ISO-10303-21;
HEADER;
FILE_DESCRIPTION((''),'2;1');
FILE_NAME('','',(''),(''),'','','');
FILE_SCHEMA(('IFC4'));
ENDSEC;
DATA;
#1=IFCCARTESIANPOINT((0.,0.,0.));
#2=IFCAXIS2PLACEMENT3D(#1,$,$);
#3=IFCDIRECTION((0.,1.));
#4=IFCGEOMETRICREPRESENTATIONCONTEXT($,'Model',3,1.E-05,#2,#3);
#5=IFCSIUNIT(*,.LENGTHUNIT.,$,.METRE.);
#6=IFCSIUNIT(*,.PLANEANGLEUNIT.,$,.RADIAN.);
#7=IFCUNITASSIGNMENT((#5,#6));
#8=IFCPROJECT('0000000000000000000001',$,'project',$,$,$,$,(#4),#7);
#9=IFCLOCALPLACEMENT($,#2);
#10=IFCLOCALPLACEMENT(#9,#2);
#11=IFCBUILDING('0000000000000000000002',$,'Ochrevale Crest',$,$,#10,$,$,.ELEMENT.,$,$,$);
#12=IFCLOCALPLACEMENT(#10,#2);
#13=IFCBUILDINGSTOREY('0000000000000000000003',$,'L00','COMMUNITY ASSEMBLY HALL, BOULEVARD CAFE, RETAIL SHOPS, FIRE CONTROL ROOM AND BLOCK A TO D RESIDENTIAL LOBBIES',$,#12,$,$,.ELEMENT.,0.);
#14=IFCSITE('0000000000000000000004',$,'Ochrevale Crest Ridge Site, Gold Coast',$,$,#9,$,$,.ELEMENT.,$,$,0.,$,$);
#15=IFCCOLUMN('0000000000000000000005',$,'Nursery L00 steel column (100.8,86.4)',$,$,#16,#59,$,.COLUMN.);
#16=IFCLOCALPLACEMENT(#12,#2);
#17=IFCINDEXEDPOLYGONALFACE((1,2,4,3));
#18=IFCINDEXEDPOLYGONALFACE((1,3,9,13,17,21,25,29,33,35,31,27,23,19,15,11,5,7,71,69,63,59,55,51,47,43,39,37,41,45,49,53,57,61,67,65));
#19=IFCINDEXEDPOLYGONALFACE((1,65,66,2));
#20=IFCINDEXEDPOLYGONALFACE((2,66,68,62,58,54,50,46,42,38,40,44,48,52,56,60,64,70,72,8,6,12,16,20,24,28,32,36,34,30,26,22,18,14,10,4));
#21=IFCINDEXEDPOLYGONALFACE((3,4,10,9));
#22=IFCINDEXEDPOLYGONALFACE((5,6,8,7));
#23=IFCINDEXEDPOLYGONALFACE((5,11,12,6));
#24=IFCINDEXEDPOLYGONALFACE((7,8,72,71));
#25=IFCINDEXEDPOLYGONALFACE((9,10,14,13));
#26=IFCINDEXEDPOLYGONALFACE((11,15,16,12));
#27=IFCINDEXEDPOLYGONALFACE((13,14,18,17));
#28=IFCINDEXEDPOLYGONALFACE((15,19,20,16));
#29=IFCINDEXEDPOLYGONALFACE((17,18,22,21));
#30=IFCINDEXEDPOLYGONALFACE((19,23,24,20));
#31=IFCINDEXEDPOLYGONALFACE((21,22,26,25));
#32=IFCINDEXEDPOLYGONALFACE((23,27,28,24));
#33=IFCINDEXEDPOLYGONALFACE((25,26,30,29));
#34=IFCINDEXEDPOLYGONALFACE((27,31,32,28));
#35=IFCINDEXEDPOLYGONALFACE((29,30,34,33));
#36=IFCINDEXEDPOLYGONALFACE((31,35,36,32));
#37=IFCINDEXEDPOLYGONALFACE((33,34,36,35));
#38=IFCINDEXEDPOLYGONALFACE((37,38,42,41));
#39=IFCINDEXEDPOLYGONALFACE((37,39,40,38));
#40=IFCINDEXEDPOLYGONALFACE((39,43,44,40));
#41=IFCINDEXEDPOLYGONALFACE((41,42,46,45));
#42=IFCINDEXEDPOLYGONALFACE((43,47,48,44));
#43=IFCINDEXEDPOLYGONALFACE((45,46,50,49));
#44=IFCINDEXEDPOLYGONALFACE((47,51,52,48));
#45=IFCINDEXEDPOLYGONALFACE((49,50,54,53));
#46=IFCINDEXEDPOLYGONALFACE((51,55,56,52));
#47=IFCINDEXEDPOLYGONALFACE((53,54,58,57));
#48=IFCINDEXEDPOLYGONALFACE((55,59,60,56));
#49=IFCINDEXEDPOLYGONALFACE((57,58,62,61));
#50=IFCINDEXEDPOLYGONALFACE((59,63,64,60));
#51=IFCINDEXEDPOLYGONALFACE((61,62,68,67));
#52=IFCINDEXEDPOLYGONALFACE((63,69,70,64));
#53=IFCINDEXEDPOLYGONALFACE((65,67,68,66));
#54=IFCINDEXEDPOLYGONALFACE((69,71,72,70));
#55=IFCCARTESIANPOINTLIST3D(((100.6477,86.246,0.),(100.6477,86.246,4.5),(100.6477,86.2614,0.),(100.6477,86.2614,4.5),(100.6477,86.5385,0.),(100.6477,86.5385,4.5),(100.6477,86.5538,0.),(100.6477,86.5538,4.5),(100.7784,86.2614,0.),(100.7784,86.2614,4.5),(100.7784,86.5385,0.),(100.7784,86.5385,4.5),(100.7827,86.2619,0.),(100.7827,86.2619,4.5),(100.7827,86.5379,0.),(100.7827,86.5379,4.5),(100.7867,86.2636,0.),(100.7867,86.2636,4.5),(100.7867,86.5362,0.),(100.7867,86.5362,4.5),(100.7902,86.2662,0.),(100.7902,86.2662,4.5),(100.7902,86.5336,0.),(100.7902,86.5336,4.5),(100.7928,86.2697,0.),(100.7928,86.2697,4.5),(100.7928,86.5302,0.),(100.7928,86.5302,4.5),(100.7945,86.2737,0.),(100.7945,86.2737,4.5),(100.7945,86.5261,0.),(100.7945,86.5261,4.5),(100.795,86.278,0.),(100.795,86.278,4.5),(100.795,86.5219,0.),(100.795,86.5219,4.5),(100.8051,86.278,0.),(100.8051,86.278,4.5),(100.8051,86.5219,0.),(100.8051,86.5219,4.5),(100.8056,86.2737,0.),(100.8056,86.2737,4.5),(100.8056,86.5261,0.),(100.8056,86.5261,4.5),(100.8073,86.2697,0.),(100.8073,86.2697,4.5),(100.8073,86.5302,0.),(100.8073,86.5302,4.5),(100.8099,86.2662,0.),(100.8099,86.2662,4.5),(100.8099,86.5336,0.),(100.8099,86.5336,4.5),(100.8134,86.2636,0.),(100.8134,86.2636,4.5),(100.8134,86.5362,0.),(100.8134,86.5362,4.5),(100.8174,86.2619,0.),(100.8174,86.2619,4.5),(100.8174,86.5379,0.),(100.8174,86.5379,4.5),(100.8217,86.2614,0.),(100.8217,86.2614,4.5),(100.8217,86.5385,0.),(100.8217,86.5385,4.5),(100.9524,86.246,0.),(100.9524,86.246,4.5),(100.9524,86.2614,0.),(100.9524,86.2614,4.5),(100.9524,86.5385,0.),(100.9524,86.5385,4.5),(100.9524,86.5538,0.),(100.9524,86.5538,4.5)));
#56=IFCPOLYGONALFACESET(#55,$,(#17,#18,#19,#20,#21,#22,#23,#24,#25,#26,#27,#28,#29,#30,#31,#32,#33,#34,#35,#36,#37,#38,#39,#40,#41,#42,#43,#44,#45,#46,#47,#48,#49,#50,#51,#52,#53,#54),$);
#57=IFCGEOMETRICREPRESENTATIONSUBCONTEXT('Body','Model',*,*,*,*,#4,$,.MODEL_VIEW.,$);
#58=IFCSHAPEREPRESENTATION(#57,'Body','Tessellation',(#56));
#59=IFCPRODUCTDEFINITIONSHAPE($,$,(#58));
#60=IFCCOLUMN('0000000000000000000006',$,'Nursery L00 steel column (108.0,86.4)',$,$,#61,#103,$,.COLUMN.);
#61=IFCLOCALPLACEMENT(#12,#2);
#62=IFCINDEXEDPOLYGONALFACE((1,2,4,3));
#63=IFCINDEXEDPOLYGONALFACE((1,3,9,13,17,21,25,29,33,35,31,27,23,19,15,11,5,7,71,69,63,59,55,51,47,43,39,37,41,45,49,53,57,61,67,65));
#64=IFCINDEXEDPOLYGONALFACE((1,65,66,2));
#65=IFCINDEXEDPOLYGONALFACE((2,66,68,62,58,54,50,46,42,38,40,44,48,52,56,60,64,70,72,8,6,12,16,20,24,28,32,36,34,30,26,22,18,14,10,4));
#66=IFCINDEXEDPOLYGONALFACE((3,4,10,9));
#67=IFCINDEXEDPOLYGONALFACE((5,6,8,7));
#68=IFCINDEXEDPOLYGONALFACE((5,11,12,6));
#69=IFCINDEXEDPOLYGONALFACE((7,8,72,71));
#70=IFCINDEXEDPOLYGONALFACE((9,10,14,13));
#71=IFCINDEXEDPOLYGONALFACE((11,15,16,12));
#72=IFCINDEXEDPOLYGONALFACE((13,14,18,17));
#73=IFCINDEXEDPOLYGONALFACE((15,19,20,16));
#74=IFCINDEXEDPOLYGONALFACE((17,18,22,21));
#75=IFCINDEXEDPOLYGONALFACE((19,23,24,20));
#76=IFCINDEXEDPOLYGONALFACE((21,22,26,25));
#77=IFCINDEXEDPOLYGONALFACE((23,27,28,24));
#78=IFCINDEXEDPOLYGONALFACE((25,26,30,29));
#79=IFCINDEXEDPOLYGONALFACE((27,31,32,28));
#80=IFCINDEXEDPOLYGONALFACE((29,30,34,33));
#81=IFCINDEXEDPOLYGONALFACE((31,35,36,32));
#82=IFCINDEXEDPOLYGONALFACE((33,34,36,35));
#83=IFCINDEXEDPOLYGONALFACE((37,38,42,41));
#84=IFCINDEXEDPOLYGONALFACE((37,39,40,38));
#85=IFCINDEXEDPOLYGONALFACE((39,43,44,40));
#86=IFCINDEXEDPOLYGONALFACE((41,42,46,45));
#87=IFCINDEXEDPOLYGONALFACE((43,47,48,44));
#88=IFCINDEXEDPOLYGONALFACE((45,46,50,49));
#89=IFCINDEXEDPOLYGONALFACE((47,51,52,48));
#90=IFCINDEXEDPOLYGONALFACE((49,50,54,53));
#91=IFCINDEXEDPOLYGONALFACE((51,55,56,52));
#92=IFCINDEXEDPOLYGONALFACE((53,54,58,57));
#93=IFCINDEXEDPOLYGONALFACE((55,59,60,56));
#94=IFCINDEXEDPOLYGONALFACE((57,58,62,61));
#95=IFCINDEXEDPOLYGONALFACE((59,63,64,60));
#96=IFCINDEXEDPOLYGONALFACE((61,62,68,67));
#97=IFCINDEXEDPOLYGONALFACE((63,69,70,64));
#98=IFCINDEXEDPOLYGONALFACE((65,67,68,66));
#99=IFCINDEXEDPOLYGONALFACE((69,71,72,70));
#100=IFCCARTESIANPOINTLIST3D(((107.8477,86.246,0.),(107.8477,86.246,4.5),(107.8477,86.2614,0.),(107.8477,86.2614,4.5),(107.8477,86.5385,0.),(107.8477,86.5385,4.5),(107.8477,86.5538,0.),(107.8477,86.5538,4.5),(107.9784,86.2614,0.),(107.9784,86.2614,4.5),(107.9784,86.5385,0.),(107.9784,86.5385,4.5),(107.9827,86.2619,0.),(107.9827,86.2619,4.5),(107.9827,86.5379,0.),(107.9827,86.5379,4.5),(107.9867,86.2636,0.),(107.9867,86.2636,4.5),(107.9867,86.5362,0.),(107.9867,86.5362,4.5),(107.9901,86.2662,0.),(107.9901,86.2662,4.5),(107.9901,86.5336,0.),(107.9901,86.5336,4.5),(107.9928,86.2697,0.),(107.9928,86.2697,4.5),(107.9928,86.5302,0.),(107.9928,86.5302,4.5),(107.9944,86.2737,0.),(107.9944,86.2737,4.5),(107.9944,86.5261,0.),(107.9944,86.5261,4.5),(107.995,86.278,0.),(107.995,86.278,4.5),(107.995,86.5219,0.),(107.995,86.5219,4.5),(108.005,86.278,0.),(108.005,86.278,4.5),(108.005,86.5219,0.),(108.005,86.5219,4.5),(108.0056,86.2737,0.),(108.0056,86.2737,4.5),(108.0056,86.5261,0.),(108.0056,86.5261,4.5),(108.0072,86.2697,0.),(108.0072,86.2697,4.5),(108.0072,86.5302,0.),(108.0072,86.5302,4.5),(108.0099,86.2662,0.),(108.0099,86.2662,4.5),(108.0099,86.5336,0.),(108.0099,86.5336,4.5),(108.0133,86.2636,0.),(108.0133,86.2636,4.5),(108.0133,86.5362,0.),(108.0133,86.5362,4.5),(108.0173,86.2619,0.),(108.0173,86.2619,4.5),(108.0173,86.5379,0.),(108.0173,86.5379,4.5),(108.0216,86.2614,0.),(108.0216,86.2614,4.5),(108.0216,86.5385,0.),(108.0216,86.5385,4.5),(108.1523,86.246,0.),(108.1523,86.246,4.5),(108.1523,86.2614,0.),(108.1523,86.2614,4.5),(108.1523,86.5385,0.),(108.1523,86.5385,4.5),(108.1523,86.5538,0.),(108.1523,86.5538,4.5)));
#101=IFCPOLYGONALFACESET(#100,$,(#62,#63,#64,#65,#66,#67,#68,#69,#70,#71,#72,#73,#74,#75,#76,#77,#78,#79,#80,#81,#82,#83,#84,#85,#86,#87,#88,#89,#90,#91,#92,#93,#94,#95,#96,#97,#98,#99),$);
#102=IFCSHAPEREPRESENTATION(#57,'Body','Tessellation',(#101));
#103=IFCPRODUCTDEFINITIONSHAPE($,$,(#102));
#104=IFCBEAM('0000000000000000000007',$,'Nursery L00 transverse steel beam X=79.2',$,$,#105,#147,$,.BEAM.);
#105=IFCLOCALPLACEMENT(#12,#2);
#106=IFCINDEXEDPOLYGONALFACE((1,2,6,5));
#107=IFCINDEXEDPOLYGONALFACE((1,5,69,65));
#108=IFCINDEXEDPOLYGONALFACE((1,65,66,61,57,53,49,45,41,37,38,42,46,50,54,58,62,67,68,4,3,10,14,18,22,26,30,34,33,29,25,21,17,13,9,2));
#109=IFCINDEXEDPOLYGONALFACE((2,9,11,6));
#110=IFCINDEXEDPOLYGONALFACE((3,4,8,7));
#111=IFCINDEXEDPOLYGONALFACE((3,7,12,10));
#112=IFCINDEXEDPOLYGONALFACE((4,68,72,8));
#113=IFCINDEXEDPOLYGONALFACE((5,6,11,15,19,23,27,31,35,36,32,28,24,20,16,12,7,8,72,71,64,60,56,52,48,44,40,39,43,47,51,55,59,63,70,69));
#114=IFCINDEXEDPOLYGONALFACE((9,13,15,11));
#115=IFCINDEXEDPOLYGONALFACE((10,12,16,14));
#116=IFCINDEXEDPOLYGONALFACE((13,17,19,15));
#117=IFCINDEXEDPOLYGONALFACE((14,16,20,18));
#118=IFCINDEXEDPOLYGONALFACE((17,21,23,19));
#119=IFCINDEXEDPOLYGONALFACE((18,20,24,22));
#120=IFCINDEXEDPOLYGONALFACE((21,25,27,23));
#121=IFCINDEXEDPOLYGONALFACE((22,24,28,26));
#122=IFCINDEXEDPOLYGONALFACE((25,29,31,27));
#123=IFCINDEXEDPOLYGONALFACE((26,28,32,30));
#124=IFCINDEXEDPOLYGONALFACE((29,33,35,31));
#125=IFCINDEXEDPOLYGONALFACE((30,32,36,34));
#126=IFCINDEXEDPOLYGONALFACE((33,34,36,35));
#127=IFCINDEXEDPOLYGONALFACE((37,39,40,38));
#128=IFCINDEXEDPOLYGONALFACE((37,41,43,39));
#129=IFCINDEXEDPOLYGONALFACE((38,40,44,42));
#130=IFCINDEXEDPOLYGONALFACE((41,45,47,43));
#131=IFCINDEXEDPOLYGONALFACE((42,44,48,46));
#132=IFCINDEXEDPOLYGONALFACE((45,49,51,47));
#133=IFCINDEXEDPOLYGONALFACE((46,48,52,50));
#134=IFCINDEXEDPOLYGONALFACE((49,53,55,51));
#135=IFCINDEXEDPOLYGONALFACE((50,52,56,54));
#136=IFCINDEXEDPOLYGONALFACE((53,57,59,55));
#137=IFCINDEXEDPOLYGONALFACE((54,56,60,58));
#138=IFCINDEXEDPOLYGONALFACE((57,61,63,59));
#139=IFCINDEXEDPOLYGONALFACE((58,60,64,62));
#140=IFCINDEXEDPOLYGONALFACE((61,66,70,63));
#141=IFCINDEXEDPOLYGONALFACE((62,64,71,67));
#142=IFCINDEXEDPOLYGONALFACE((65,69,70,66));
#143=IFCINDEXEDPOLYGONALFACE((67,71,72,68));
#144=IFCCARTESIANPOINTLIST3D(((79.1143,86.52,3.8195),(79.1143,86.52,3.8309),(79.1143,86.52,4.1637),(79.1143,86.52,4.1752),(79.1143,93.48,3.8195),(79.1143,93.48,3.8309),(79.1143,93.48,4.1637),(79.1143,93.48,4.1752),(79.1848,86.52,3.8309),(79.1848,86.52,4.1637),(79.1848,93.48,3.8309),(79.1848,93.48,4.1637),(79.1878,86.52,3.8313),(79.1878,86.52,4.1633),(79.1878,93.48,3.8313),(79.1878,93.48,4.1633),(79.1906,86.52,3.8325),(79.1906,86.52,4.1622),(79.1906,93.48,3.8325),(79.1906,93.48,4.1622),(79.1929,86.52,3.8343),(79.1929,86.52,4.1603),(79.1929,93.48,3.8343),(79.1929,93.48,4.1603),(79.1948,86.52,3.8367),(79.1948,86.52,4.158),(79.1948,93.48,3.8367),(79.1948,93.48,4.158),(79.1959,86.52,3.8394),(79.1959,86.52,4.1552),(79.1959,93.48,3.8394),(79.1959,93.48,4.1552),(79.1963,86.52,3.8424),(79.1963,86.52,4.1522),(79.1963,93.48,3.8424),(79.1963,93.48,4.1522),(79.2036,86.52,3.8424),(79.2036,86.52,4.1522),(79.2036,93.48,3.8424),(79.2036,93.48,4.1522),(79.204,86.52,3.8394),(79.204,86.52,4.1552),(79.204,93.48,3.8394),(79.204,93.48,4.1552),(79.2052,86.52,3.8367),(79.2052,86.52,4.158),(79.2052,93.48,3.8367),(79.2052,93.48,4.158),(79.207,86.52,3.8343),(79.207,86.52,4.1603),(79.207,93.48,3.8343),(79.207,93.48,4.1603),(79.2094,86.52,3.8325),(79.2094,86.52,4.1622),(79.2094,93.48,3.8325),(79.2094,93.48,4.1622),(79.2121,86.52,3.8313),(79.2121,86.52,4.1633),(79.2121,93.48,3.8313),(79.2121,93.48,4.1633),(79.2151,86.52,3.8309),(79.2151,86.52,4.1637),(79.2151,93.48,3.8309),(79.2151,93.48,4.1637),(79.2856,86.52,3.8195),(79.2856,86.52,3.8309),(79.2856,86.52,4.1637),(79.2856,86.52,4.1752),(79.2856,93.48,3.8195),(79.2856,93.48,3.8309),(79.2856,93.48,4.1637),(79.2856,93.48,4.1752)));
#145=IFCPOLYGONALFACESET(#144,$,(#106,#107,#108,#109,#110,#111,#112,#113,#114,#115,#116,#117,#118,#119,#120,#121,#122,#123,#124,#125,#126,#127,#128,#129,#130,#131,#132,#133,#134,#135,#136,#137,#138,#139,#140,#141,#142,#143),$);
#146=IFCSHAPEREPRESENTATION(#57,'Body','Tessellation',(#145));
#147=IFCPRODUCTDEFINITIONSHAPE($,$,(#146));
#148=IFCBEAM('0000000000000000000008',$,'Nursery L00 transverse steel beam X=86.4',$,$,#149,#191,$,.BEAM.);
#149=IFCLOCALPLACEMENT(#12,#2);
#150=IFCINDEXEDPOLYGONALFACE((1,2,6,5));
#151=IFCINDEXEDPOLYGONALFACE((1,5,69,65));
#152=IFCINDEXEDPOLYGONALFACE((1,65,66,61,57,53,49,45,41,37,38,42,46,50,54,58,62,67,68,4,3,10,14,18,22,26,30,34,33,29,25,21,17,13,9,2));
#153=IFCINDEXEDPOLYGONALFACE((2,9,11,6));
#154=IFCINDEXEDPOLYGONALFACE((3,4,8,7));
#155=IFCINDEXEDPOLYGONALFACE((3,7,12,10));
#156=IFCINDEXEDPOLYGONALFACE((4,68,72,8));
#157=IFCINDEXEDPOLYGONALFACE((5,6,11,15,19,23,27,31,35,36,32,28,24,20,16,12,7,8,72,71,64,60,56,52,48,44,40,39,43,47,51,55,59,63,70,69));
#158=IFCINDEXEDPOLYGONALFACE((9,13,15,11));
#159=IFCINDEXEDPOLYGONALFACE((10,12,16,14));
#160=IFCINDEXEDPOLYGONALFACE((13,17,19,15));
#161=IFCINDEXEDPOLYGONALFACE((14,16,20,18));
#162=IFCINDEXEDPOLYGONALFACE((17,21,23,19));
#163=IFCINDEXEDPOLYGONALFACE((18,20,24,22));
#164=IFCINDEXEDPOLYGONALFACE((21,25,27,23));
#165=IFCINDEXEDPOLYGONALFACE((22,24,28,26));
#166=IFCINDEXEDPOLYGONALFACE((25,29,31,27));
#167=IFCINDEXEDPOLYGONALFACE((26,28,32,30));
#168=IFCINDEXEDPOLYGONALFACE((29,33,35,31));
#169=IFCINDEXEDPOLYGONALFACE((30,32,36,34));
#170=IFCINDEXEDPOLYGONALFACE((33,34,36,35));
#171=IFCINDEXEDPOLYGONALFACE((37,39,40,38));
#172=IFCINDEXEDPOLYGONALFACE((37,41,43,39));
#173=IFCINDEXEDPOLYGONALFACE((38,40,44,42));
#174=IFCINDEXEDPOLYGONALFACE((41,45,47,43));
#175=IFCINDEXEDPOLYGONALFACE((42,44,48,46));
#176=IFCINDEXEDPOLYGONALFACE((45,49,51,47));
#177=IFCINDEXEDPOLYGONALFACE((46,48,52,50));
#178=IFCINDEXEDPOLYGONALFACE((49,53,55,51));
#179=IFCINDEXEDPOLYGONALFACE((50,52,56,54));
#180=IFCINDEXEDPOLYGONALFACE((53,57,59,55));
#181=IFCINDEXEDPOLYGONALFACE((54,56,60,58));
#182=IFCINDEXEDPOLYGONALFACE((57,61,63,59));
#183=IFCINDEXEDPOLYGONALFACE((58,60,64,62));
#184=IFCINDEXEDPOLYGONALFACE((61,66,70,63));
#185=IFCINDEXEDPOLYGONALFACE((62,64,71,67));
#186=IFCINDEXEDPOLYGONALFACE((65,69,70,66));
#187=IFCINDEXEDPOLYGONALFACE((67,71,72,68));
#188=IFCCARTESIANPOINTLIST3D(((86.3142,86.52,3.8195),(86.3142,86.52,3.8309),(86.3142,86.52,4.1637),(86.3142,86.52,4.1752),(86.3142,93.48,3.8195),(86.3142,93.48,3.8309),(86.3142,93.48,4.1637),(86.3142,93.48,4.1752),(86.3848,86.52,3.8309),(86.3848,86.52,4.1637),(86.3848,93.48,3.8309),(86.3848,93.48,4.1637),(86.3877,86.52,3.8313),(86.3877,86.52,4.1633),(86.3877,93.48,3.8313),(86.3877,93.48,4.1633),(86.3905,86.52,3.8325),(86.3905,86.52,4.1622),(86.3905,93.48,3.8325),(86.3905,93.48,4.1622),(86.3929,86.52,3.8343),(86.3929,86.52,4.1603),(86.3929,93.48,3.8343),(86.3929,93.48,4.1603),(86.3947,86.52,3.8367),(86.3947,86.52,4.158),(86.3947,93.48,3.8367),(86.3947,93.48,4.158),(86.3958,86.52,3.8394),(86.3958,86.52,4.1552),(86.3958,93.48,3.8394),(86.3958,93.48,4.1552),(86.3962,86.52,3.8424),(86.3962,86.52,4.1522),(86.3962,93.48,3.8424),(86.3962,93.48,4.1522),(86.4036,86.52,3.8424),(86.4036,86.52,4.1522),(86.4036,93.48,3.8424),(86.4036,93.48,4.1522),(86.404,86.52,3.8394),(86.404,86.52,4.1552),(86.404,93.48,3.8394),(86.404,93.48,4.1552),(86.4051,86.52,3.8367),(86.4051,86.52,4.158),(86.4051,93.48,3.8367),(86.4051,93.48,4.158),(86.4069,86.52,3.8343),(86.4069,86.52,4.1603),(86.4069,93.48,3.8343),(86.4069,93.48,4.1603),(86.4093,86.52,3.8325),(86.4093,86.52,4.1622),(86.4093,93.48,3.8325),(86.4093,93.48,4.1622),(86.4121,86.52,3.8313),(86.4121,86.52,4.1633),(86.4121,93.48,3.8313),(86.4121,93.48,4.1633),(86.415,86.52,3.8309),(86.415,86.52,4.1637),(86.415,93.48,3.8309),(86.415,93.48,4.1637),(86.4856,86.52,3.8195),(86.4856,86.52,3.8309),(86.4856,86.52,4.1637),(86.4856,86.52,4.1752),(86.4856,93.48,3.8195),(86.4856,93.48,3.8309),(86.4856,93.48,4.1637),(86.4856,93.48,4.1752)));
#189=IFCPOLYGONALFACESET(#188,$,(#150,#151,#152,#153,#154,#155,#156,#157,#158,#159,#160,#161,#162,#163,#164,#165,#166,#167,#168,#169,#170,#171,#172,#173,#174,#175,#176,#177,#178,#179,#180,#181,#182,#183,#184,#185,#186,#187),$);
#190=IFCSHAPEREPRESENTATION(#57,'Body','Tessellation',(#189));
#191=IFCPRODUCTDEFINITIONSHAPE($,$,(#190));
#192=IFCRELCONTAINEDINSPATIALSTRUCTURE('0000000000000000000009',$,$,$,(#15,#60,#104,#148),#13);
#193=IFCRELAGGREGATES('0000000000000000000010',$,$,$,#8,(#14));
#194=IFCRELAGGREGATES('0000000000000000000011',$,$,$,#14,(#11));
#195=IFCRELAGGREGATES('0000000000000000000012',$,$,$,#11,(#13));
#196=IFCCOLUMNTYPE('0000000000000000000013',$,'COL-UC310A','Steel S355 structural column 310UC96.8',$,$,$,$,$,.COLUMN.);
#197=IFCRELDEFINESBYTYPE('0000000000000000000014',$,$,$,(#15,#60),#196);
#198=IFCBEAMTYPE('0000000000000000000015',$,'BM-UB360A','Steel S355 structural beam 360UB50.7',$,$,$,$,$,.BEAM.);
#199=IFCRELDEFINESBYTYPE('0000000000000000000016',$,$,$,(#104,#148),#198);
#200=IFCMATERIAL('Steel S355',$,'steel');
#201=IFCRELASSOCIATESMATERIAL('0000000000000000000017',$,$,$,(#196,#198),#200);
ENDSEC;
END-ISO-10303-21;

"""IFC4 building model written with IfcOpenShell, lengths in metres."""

from ifc_helpers import new_model, si_unit, direction, frame, origin, origin_2d, place, context, subcontext, project, spatial, i_section, extrude, material, material_profile, profile_set, type_object, element, save


model = new_model("IFC4")

# Units and contexts
model_context = context("Model", 3, precision=1e-05, world=origin(), true_north=direction((0.0, 1.0)))
body_context = subcontext(model_context, "Body", "Model", "MODEL_VIEW")
ifc_project = project(units=[si_unit("LENGTHUNIT", "METRE"), si_unit("PLANEANGLEUNIT", "RADIAN")], contexts=[model_context])

# Site, building, storey
site_placement = place(None, origin())
site = spatial("IfcSite", under=ifc_project, at=site_placement, Name="Ochrevale Crest Ridge Site, Gold Coast", CompositionType="ELEMENT", RefElevation=0.0)
building_placement = place(site_placement, origin())
building = spatial("IfcBuilding", under=site, at=building_placement, Name="Ochrevale Crest", CompositionType="ELEMENT")
storey_placement = place(building_placement, origin())
storey = spatial("IfcBuildingStorey", under=building, at=storey_placement, Name="L00", Description="COMMUNITY ASSEMBLY HALL, BOULEVARD CAFE, RETAIL SHOPS, FIRE CONTROL ROOM AND BLOCK A TO D RESIDENTIAL LOBBIES", CompositionType="ELEMENT", Elevation=0.0)

# Columns
ifc_material_1 = material(Name="Steel S355", Category="steel")
ifc_material_profile_1 = material_profile(ifc_material_1, i_section(OverallWidth=0.3047, OverallDepth=0.3079, WebThickness=0.01, FlangeThickness=0.0154, FilletRadius=0.0166, at=origin_2d()), Name="310UC96.8")
ifc_profile_set_1 = profile_set([ifc_material_profile_1], Name="Steel S355")
column_type_1 = type_object("IfcColumnType", Name="COL-UC310A", Description="Steel S355 structural column 310UC96.8", PredefinedType="COLUMN", material=ifc_profile_set_1)
for number, where, z_axis, x_axis, name in (
    (1, (100.8, 86.3999, 0.0), (0.0, 0.0, 1.0), (1.0, 0.0, 0.0), "Nursery L00 steel column (100.8,86.4)"),
    (2, (108.0, 86.3999, 0.0), (0.0, 0.0, 1.0), (1.0, 0.0, 0.0), "Nursery L00 steel column (108.0,86.4)"),
):
    element("IfcColumn", number, at=place(storey_placement, frame(where, z_axis=z_axis, x_axis=x_axis)), inside=storey, type_object=column_type_1, Name=name, PredefinedType="COLUMN", context=body_context, shape_type="SweptSolid", body=[
        extrude(i_section(OverallWidth=0.3047, OverallDepth=0.3079, WebThickness=0.01, FlangeThickness=0.0154, FilletRadius=0.0166, at=origin_2d()), origin(), (0.0, 0.0, 1.0), 4.5),
    ])

# Beams
ifc_material_profile_2 = material_profile(ifc_material_1, i_section(OverallWidth=0.1714, OverallDepth=0.3557, WebThickness=0.0073, FlangeThickness=0.0115, FilletRadius=0.0115, at=origin_2d()), Name="360UB50.7")
ifc_profile_set_2 = profile_set([ifc_material_profile_2], Name="Steel S355")
beam_type_1 = type_object("IfcBeamType", Name="BM-UB360A", Description="Steel S355 structural beam 360UB50.7", PredefinedType="BEAM", material=ifc_profile_set_2)
for number, where, z_axis, x_axis, name in (
    (3, (79.2, 86.52, 3.9973), (0.0, 1.0, 0.0), (-1.0, 0.0, 0.0), "Nursery L00 transverse steel beam X=79.2"),
    (4, (86.3999, 86.52, 3.9973), (0.0, 1.0, 0.0), (-1.0, 0.0, 0.0), "Nursery L00 transverse steel beam X=86.4"),
):
    element("IfcBeam", number, at=place(storey_placement, frame(where, z_axis=z_axis, x_axis=x_axis)), inside=storey, type_object=beam_type_1, Name=name, PredefinedType="BEAM", context=body_context, shape_type="SweptSolid", body=[
        extrude(i_section(OverallWidth=0.1714, OverallDepth=0.3557, WebThickness=0.0073, FlangeThickness=0.0115, FilletRadius=0.0115, at=origin_2d()), origin(), (0.0, 0.0, 1.0), 6.96),
    ])

save(model, "model.ifc")
